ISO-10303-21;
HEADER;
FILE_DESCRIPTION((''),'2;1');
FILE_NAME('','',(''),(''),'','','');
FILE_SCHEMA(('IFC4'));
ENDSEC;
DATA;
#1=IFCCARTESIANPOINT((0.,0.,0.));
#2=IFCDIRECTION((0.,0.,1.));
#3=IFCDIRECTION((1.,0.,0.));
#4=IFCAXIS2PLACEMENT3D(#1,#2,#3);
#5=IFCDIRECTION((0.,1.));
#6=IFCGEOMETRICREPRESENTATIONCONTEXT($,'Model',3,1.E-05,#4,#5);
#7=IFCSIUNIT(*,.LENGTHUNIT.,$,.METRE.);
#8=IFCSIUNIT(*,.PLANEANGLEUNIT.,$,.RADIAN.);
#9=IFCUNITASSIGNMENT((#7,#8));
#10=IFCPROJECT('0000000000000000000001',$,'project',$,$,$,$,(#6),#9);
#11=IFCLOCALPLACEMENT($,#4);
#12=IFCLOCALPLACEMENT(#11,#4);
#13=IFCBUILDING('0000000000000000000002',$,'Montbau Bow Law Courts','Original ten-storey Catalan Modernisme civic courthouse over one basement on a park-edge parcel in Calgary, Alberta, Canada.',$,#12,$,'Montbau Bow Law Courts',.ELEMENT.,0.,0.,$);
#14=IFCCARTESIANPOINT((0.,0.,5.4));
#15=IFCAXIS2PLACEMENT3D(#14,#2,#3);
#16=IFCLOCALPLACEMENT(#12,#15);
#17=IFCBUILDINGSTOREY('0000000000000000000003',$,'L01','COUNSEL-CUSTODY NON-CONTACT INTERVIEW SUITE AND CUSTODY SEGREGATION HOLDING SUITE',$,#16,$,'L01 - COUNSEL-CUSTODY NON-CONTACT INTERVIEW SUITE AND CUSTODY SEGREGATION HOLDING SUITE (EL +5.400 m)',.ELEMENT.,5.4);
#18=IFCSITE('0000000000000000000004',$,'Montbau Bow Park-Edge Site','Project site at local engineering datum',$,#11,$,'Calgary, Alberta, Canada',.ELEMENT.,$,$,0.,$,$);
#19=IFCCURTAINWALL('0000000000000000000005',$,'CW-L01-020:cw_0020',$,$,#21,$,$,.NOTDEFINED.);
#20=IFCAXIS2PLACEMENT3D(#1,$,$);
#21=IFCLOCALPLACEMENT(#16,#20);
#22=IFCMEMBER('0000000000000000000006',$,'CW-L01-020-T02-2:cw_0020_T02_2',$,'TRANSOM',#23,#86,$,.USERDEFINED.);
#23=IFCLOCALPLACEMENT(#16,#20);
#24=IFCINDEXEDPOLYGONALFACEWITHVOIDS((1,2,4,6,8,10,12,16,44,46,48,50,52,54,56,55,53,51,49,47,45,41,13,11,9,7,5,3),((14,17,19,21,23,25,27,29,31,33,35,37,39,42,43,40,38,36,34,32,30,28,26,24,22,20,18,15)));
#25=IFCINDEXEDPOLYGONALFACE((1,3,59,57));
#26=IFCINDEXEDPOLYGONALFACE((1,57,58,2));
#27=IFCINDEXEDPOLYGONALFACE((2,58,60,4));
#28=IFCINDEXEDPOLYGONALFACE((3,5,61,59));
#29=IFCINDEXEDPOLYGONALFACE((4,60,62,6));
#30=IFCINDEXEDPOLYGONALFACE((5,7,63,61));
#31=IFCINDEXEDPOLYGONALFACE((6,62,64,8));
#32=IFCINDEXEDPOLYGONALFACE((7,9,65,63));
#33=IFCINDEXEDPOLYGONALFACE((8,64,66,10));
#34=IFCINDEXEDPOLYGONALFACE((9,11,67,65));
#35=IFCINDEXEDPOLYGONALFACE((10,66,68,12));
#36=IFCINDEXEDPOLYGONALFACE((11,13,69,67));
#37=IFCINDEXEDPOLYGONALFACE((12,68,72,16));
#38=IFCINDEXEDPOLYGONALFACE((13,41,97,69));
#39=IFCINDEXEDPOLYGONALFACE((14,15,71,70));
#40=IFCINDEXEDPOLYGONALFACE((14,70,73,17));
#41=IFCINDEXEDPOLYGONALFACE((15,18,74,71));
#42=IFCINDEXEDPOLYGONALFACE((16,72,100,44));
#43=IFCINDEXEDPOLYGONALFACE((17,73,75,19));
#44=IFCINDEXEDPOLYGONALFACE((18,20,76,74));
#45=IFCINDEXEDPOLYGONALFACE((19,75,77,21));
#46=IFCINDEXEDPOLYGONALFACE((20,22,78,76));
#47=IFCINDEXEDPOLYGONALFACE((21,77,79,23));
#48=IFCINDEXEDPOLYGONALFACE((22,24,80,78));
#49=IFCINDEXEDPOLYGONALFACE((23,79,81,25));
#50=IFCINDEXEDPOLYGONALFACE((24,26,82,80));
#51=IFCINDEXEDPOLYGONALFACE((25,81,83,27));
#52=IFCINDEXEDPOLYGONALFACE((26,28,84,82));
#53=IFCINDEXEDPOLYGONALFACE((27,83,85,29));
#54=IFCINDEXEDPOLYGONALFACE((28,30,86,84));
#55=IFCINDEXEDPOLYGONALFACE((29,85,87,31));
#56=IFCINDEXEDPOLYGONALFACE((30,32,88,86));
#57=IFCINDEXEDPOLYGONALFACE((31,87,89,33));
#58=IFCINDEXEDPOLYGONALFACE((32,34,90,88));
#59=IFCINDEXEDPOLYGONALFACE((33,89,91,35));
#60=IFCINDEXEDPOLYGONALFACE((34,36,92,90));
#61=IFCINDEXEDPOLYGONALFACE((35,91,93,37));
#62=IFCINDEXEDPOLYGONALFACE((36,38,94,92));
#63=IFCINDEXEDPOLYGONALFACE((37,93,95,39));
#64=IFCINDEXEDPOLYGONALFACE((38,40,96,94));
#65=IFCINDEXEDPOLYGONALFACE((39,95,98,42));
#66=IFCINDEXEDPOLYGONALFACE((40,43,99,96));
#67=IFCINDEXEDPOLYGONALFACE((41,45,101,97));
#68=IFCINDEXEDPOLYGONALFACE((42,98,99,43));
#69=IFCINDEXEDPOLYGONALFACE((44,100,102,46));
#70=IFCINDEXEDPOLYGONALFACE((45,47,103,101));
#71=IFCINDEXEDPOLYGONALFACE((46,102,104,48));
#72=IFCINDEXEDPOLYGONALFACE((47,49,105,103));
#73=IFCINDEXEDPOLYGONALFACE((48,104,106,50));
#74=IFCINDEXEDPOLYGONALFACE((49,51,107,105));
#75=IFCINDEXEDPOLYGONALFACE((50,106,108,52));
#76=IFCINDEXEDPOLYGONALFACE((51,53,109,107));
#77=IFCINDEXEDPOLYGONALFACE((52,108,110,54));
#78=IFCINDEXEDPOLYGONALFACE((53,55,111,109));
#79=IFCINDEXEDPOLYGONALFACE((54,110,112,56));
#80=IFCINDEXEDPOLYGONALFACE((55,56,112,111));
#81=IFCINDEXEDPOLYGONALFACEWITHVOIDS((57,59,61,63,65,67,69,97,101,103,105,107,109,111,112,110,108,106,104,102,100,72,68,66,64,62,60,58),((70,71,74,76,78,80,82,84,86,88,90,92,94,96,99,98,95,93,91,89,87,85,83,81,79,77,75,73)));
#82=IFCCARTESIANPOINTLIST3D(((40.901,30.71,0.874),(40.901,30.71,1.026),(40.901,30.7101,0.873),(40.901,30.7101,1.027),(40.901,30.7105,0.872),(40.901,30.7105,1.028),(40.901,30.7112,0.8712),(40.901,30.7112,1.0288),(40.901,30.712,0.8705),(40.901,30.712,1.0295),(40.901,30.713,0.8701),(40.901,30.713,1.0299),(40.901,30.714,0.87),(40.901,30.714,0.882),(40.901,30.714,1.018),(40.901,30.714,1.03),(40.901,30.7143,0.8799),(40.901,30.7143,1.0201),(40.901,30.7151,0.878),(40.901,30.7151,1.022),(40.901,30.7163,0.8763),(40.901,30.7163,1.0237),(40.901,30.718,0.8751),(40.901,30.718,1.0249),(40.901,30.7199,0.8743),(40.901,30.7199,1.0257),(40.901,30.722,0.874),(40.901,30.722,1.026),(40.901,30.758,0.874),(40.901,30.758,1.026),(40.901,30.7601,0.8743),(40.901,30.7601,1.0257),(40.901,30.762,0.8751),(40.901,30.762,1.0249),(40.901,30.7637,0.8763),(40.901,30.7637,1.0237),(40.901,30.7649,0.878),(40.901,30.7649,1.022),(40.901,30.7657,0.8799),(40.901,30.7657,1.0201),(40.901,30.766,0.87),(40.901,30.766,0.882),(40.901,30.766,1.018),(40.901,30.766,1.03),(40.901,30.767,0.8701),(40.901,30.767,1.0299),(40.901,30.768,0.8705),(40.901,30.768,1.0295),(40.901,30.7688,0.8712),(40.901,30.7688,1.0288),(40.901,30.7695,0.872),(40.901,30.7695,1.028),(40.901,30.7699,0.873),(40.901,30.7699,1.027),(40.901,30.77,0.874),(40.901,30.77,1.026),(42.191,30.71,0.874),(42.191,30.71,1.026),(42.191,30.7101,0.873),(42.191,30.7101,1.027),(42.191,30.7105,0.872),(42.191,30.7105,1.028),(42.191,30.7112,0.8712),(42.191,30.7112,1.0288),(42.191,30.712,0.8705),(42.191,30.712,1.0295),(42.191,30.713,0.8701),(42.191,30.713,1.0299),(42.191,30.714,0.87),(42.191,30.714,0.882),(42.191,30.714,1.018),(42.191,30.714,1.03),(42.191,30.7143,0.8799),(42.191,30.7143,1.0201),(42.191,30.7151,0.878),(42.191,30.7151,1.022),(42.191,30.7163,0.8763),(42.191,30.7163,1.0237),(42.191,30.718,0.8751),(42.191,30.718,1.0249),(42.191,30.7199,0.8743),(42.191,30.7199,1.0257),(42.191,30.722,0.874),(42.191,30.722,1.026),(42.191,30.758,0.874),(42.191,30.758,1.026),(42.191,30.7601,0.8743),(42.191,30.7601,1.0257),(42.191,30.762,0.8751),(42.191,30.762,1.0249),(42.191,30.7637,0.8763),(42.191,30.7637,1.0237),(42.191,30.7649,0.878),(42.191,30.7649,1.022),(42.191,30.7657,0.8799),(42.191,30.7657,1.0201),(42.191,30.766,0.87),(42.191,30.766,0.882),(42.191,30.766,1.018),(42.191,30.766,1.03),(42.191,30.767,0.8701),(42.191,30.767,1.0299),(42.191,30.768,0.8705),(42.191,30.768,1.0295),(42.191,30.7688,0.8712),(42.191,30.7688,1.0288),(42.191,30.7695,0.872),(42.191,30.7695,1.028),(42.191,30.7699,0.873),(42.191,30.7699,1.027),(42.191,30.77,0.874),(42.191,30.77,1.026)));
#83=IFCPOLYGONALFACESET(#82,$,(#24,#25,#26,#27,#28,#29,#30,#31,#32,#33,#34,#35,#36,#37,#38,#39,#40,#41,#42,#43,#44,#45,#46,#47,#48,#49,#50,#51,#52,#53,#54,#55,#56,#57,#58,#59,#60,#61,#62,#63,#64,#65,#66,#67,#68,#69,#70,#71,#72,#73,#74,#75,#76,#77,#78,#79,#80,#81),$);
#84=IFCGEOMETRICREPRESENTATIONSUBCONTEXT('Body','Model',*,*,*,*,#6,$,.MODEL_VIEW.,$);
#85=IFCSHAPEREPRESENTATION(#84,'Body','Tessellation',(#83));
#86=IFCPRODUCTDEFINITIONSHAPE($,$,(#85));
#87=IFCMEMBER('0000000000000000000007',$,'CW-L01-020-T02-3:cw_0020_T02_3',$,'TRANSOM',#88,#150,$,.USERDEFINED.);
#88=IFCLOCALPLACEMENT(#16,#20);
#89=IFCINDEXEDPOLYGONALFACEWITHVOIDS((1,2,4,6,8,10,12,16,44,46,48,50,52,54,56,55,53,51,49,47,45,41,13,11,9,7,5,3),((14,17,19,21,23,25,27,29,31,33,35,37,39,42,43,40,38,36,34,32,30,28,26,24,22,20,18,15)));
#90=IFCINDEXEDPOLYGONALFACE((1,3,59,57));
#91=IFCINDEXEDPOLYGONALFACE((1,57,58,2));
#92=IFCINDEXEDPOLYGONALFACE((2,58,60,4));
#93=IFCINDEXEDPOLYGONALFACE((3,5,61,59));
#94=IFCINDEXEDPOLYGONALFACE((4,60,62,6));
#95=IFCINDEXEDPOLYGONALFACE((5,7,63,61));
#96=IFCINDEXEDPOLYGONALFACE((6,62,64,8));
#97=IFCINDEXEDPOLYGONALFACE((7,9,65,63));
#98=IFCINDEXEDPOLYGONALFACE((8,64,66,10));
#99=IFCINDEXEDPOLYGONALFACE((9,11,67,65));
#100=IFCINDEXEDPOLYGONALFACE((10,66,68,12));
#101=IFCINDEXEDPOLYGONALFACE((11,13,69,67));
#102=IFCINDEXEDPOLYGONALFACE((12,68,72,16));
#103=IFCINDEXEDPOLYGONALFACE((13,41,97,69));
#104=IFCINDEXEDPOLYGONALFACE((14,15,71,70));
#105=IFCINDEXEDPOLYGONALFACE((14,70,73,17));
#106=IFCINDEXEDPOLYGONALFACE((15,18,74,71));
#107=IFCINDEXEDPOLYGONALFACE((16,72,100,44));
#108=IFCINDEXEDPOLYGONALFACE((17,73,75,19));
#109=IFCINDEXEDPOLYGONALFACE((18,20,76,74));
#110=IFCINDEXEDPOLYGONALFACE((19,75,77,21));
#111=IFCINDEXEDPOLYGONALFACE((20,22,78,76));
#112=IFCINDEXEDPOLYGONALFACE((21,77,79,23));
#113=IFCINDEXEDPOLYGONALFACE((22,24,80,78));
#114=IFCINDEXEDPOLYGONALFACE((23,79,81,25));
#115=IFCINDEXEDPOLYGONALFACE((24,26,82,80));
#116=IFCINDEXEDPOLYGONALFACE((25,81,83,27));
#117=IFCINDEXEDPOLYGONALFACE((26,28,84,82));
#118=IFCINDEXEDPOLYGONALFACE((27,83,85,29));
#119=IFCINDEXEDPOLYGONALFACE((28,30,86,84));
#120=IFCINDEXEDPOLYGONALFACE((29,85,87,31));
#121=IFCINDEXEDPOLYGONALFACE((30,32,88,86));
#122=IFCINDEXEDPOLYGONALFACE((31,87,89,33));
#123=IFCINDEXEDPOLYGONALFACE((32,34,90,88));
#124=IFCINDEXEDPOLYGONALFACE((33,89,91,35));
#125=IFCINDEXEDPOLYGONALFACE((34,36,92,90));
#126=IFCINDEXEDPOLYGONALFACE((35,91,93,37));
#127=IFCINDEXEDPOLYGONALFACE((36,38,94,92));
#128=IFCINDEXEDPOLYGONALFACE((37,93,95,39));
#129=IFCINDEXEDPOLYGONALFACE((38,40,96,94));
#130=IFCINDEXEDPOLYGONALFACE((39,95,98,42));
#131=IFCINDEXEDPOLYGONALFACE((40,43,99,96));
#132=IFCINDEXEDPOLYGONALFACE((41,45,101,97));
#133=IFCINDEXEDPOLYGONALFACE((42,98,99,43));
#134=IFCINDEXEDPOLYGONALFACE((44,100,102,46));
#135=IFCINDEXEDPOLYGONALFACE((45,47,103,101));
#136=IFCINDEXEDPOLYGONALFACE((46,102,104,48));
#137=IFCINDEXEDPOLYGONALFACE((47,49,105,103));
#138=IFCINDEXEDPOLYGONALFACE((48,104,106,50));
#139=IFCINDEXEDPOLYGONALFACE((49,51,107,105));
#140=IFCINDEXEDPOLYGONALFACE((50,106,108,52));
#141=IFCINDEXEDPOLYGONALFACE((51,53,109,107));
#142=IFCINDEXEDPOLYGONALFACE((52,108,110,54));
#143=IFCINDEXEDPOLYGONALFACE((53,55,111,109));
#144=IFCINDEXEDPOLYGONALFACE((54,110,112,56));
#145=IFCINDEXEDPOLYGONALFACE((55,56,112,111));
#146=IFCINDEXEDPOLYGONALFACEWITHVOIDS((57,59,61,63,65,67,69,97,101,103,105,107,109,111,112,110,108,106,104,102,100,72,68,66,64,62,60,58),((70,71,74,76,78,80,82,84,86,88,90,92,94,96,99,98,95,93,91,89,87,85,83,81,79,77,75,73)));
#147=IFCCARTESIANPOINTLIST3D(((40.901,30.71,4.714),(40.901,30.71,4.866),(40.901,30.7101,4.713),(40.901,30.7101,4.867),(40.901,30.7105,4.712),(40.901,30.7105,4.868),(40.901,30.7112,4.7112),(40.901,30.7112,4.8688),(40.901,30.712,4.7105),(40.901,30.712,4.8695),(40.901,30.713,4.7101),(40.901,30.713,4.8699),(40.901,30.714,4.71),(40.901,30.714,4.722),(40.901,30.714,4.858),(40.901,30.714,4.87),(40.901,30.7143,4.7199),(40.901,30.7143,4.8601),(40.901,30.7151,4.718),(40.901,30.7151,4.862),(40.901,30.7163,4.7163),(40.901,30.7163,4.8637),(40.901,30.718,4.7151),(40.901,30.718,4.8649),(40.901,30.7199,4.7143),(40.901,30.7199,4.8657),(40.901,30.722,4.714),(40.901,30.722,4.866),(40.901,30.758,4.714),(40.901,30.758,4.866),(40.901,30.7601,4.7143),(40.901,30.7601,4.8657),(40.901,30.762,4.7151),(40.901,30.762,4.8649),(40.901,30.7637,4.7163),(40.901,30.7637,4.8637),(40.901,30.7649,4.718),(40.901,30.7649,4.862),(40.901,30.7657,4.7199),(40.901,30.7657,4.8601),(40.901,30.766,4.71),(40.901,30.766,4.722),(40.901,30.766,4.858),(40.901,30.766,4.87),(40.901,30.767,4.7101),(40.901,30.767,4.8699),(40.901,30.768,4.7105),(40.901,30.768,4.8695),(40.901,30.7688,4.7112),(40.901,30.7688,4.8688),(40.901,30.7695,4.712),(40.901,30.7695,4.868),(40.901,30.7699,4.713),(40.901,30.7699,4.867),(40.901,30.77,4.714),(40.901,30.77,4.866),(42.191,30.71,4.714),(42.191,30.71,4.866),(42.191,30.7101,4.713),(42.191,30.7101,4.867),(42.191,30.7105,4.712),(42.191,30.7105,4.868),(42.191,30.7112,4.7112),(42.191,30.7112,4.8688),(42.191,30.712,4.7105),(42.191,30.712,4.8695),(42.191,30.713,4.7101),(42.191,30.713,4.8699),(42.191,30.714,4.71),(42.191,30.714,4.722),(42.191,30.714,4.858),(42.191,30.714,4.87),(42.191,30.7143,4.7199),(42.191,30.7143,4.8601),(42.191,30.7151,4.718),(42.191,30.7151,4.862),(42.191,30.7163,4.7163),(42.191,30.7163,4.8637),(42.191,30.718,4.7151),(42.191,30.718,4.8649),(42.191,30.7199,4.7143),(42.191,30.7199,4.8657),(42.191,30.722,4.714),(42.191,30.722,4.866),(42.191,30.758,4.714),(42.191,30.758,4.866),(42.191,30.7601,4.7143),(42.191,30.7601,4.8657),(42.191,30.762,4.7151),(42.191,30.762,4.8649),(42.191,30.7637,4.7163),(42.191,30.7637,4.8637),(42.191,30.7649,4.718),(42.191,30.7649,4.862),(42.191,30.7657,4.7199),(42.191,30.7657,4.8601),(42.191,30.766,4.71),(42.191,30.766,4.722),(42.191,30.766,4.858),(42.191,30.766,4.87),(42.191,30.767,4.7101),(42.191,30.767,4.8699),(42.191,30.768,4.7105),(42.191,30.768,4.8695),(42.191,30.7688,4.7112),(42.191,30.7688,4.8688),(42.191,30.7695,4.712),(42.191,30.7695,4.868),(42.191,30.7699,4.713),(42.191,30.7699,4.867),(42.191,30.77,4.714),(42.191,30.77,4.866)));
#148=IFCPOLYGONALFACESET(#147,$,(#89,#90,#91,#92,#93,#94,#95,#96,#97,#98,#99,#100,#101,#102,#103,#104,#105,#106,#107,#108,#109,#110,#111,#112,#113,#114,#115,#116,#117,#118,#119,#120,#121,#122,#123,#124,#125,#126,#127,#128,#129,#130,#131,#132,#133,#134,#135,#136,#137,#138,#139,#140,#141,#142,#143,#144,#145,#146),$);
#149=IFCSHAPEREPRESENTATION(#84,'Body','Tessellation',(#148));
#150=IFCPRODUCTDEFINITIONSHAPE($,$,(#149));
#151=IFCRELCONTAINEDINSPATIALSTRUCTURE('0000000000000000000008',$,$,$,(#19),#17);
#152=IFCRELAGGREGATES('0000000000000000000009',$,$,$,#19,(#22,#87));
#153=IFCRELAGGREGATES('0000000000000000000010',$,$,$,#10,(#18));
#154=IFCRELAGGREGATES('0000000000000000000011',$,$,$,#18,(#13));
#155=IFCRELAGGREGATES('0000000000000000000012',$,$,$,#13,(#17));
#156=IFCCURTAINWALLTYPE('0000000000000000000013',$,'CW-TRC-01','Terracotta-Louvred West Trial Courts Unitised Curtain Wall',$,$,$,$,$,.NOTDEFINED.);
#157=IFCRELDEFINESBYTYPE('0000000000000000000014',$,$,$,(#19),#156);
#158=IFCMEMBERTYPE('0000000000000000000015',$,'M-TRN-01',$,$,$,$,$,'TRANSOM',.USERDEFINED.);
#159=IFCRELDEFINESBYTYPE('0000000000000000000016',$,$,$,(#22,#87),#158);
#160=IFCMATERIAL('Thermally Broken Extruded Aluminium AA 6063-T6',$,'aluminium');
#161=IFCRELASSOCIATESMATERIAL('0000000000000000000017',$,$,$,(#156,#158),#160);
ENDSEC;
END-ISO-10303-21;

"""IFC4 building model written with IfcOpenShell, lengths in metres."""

from ifc_helpers import new_model, si_unit, direction, frame, origin_with_axes, origin_2d_with_axis, place, context, subcontext, project, spatial, hollow_rectangle, extrude, material, material_profile, profile_set, type_object, element, aggregate, save


model = new_model("IFC4")

# Units and contexts
model_context = context("Model", 3, precision=1e-05, world=origin_with_axes(), true_north=direction((0.0, 1.0)))
body_context = subcontext(model_context, "Body", "Model", "MODEL_VIEW")
ifc_project = project(units=[si_unit("LENGTHUNIT", "METRE"), si_unit("PLANEANGLEUNIT", "RADIAN")], contexts=[model_context])

# Site, building, storey
site_placement = place(None, origin_with_axes())
site = spatial("IfcSite", under=ifc_project, at=site_placement, Name="Montbau Bow Park-Edge Site", Description="Project site at local engineering datum", LongName="Calgary, Alberta, Canada", CompositionType="ELEMENT", RefElevation=0.0)
building_placement = place(site_placement, origin_with_axes())
building = spatial("IfcBuilding", under=site, at=building_placement, Name="Montbau Bow Law Courts", Description="Original ten-storey Catalan Modernisme civic courthouse over one basement on a park-edge parcel in Calgary, Alberta, Canada.", LongName="Montbau Bow Law Courts", CompositionType="ELEMENT", ElevationOfRefHeight=0.0, ElevationOfTerrain=0.0)
storey_placement = place(building_placement, frame((0.0, 0.0, 5.4), z_axis=(0.0, 0.0, 1.0), x_axis=(1.0, 0.0, 0.0)))
storey = spatial("IfcBuildingStorey", under=building, at=storey_placement, Name="L01", Description="COUNSEL-CUSTODY NON-CONTACT INTERVIEW SUITE AND CUSTODY SEGREGATION HOLDING SUITE", LongName="L01 - COUNSEL-CUSTODY NON-CONTACT INTERVIEW SUITE AND CUSTODY SEGREGATION HOLDING SUITE (EL +5.400 m)", CompositionType="ELEMENT", Elevation=5.4)

# Curtain wall, members
ifc_material_1 = material(Name="Thermally Broken Extruded Aluminium AA 6063-T6", Category="aluminium")
curtain_wall_type = type_object("IfcCurtainWallType", Name="CW-TRC-01", Description="Terracotta-Louvred West Trial Courts Unitised Curtain Wall", PredefinedType="NOTDEFINED", material=ifc_material_1)
curtain_wall_1_placement = place(None, frame((39.515, 30.74, 5.4), z_axis=(0.0, 0.0, 1.0), x_axis=(1.0, 0.0, 0.0)))
curtain_wall_1 = element("IfcCurtainWall", 1, at=curtain_wall_1_placement, inside=storey, type_object=curtain_wall_type, Name="CW-L01-020:cw_0020", PredefinedType="NOTDEFINED")
ifc_material_profile_1 = material_profile(ifc_material_1, hollow_rectangle(XDim=0.06, YDim=0.16, WallThickness=0.004, InnerFilletRadius=0.008, OuterFilletRadius=0.004, at=origin_2d_with_axis()), Name="CWT-160X60", Category="Main", Priority=0)
ifc_profile_set_1 = profile_set([ifc_material_profile_1], Name="Thermally Broken Extruded Aluminium AA 6063-T6")
member_type_1 = type_object("IfcMemberType", Name="M-TRN-01", ElementType="TRANSOM", PredefinedType="USERDEFINED", material=ifc_profile_set_1)
member_1_placement = place(None, frame((40.901, 30.74, 6.35), z_axis=(1.0, 0.0, 0.0), x_axis=(0.0, 1.0, 0.0)))
member_1 = element("IfcMember", 2, at=member_1_placement, type_object=member_type_1, Name="CW-L01-020-T02-2:cw_0020_T02_2", ObjectType="TRANSOM", PredefinedType="USERDEFINED", context=body_context, shape_type="SweptSolid", body=[
    extrude(hollow_rectangle(XDim=0.06, YDim=0.16, WallThickness=0.004, InnerFilletRadius=0.008, OuterFilletRadius=0.004, at=origin_2d_with_axis()), origin_with_axes(), (0.0, 0.0, 1.0), 1.29),
])
member_2_placement = place(None, frame((40.901, 30.74, 10.19), z_axis=(1.0, 0.0, 0.0), x_axis=(0.0, 1.0, 0.0)))
member_2 = element("IfcMember", 3, at=member_2_placement, type_object=member_type_1, Name="CW-L01-020-T02-3:cw_0020_T02_3", ObjectType="TRANSOM", PredefinedType="USERDEFINED", context=body_context, shape_type="SweptSolid", body=[
    extrude(hollow_rectangle(XDim=0.06, YDim=0.16, WallThickness=0.004, InnerFilletRadius=0.008, OuterFilletRadius=0.004, at=origin_2d_with_axis()), origin_with_axes(), (0.0, 0.0, 1.0), 1.29),
])

aggregate(curtain_wall_1, [member_1, member_2])

save(model, "model.ifc")
